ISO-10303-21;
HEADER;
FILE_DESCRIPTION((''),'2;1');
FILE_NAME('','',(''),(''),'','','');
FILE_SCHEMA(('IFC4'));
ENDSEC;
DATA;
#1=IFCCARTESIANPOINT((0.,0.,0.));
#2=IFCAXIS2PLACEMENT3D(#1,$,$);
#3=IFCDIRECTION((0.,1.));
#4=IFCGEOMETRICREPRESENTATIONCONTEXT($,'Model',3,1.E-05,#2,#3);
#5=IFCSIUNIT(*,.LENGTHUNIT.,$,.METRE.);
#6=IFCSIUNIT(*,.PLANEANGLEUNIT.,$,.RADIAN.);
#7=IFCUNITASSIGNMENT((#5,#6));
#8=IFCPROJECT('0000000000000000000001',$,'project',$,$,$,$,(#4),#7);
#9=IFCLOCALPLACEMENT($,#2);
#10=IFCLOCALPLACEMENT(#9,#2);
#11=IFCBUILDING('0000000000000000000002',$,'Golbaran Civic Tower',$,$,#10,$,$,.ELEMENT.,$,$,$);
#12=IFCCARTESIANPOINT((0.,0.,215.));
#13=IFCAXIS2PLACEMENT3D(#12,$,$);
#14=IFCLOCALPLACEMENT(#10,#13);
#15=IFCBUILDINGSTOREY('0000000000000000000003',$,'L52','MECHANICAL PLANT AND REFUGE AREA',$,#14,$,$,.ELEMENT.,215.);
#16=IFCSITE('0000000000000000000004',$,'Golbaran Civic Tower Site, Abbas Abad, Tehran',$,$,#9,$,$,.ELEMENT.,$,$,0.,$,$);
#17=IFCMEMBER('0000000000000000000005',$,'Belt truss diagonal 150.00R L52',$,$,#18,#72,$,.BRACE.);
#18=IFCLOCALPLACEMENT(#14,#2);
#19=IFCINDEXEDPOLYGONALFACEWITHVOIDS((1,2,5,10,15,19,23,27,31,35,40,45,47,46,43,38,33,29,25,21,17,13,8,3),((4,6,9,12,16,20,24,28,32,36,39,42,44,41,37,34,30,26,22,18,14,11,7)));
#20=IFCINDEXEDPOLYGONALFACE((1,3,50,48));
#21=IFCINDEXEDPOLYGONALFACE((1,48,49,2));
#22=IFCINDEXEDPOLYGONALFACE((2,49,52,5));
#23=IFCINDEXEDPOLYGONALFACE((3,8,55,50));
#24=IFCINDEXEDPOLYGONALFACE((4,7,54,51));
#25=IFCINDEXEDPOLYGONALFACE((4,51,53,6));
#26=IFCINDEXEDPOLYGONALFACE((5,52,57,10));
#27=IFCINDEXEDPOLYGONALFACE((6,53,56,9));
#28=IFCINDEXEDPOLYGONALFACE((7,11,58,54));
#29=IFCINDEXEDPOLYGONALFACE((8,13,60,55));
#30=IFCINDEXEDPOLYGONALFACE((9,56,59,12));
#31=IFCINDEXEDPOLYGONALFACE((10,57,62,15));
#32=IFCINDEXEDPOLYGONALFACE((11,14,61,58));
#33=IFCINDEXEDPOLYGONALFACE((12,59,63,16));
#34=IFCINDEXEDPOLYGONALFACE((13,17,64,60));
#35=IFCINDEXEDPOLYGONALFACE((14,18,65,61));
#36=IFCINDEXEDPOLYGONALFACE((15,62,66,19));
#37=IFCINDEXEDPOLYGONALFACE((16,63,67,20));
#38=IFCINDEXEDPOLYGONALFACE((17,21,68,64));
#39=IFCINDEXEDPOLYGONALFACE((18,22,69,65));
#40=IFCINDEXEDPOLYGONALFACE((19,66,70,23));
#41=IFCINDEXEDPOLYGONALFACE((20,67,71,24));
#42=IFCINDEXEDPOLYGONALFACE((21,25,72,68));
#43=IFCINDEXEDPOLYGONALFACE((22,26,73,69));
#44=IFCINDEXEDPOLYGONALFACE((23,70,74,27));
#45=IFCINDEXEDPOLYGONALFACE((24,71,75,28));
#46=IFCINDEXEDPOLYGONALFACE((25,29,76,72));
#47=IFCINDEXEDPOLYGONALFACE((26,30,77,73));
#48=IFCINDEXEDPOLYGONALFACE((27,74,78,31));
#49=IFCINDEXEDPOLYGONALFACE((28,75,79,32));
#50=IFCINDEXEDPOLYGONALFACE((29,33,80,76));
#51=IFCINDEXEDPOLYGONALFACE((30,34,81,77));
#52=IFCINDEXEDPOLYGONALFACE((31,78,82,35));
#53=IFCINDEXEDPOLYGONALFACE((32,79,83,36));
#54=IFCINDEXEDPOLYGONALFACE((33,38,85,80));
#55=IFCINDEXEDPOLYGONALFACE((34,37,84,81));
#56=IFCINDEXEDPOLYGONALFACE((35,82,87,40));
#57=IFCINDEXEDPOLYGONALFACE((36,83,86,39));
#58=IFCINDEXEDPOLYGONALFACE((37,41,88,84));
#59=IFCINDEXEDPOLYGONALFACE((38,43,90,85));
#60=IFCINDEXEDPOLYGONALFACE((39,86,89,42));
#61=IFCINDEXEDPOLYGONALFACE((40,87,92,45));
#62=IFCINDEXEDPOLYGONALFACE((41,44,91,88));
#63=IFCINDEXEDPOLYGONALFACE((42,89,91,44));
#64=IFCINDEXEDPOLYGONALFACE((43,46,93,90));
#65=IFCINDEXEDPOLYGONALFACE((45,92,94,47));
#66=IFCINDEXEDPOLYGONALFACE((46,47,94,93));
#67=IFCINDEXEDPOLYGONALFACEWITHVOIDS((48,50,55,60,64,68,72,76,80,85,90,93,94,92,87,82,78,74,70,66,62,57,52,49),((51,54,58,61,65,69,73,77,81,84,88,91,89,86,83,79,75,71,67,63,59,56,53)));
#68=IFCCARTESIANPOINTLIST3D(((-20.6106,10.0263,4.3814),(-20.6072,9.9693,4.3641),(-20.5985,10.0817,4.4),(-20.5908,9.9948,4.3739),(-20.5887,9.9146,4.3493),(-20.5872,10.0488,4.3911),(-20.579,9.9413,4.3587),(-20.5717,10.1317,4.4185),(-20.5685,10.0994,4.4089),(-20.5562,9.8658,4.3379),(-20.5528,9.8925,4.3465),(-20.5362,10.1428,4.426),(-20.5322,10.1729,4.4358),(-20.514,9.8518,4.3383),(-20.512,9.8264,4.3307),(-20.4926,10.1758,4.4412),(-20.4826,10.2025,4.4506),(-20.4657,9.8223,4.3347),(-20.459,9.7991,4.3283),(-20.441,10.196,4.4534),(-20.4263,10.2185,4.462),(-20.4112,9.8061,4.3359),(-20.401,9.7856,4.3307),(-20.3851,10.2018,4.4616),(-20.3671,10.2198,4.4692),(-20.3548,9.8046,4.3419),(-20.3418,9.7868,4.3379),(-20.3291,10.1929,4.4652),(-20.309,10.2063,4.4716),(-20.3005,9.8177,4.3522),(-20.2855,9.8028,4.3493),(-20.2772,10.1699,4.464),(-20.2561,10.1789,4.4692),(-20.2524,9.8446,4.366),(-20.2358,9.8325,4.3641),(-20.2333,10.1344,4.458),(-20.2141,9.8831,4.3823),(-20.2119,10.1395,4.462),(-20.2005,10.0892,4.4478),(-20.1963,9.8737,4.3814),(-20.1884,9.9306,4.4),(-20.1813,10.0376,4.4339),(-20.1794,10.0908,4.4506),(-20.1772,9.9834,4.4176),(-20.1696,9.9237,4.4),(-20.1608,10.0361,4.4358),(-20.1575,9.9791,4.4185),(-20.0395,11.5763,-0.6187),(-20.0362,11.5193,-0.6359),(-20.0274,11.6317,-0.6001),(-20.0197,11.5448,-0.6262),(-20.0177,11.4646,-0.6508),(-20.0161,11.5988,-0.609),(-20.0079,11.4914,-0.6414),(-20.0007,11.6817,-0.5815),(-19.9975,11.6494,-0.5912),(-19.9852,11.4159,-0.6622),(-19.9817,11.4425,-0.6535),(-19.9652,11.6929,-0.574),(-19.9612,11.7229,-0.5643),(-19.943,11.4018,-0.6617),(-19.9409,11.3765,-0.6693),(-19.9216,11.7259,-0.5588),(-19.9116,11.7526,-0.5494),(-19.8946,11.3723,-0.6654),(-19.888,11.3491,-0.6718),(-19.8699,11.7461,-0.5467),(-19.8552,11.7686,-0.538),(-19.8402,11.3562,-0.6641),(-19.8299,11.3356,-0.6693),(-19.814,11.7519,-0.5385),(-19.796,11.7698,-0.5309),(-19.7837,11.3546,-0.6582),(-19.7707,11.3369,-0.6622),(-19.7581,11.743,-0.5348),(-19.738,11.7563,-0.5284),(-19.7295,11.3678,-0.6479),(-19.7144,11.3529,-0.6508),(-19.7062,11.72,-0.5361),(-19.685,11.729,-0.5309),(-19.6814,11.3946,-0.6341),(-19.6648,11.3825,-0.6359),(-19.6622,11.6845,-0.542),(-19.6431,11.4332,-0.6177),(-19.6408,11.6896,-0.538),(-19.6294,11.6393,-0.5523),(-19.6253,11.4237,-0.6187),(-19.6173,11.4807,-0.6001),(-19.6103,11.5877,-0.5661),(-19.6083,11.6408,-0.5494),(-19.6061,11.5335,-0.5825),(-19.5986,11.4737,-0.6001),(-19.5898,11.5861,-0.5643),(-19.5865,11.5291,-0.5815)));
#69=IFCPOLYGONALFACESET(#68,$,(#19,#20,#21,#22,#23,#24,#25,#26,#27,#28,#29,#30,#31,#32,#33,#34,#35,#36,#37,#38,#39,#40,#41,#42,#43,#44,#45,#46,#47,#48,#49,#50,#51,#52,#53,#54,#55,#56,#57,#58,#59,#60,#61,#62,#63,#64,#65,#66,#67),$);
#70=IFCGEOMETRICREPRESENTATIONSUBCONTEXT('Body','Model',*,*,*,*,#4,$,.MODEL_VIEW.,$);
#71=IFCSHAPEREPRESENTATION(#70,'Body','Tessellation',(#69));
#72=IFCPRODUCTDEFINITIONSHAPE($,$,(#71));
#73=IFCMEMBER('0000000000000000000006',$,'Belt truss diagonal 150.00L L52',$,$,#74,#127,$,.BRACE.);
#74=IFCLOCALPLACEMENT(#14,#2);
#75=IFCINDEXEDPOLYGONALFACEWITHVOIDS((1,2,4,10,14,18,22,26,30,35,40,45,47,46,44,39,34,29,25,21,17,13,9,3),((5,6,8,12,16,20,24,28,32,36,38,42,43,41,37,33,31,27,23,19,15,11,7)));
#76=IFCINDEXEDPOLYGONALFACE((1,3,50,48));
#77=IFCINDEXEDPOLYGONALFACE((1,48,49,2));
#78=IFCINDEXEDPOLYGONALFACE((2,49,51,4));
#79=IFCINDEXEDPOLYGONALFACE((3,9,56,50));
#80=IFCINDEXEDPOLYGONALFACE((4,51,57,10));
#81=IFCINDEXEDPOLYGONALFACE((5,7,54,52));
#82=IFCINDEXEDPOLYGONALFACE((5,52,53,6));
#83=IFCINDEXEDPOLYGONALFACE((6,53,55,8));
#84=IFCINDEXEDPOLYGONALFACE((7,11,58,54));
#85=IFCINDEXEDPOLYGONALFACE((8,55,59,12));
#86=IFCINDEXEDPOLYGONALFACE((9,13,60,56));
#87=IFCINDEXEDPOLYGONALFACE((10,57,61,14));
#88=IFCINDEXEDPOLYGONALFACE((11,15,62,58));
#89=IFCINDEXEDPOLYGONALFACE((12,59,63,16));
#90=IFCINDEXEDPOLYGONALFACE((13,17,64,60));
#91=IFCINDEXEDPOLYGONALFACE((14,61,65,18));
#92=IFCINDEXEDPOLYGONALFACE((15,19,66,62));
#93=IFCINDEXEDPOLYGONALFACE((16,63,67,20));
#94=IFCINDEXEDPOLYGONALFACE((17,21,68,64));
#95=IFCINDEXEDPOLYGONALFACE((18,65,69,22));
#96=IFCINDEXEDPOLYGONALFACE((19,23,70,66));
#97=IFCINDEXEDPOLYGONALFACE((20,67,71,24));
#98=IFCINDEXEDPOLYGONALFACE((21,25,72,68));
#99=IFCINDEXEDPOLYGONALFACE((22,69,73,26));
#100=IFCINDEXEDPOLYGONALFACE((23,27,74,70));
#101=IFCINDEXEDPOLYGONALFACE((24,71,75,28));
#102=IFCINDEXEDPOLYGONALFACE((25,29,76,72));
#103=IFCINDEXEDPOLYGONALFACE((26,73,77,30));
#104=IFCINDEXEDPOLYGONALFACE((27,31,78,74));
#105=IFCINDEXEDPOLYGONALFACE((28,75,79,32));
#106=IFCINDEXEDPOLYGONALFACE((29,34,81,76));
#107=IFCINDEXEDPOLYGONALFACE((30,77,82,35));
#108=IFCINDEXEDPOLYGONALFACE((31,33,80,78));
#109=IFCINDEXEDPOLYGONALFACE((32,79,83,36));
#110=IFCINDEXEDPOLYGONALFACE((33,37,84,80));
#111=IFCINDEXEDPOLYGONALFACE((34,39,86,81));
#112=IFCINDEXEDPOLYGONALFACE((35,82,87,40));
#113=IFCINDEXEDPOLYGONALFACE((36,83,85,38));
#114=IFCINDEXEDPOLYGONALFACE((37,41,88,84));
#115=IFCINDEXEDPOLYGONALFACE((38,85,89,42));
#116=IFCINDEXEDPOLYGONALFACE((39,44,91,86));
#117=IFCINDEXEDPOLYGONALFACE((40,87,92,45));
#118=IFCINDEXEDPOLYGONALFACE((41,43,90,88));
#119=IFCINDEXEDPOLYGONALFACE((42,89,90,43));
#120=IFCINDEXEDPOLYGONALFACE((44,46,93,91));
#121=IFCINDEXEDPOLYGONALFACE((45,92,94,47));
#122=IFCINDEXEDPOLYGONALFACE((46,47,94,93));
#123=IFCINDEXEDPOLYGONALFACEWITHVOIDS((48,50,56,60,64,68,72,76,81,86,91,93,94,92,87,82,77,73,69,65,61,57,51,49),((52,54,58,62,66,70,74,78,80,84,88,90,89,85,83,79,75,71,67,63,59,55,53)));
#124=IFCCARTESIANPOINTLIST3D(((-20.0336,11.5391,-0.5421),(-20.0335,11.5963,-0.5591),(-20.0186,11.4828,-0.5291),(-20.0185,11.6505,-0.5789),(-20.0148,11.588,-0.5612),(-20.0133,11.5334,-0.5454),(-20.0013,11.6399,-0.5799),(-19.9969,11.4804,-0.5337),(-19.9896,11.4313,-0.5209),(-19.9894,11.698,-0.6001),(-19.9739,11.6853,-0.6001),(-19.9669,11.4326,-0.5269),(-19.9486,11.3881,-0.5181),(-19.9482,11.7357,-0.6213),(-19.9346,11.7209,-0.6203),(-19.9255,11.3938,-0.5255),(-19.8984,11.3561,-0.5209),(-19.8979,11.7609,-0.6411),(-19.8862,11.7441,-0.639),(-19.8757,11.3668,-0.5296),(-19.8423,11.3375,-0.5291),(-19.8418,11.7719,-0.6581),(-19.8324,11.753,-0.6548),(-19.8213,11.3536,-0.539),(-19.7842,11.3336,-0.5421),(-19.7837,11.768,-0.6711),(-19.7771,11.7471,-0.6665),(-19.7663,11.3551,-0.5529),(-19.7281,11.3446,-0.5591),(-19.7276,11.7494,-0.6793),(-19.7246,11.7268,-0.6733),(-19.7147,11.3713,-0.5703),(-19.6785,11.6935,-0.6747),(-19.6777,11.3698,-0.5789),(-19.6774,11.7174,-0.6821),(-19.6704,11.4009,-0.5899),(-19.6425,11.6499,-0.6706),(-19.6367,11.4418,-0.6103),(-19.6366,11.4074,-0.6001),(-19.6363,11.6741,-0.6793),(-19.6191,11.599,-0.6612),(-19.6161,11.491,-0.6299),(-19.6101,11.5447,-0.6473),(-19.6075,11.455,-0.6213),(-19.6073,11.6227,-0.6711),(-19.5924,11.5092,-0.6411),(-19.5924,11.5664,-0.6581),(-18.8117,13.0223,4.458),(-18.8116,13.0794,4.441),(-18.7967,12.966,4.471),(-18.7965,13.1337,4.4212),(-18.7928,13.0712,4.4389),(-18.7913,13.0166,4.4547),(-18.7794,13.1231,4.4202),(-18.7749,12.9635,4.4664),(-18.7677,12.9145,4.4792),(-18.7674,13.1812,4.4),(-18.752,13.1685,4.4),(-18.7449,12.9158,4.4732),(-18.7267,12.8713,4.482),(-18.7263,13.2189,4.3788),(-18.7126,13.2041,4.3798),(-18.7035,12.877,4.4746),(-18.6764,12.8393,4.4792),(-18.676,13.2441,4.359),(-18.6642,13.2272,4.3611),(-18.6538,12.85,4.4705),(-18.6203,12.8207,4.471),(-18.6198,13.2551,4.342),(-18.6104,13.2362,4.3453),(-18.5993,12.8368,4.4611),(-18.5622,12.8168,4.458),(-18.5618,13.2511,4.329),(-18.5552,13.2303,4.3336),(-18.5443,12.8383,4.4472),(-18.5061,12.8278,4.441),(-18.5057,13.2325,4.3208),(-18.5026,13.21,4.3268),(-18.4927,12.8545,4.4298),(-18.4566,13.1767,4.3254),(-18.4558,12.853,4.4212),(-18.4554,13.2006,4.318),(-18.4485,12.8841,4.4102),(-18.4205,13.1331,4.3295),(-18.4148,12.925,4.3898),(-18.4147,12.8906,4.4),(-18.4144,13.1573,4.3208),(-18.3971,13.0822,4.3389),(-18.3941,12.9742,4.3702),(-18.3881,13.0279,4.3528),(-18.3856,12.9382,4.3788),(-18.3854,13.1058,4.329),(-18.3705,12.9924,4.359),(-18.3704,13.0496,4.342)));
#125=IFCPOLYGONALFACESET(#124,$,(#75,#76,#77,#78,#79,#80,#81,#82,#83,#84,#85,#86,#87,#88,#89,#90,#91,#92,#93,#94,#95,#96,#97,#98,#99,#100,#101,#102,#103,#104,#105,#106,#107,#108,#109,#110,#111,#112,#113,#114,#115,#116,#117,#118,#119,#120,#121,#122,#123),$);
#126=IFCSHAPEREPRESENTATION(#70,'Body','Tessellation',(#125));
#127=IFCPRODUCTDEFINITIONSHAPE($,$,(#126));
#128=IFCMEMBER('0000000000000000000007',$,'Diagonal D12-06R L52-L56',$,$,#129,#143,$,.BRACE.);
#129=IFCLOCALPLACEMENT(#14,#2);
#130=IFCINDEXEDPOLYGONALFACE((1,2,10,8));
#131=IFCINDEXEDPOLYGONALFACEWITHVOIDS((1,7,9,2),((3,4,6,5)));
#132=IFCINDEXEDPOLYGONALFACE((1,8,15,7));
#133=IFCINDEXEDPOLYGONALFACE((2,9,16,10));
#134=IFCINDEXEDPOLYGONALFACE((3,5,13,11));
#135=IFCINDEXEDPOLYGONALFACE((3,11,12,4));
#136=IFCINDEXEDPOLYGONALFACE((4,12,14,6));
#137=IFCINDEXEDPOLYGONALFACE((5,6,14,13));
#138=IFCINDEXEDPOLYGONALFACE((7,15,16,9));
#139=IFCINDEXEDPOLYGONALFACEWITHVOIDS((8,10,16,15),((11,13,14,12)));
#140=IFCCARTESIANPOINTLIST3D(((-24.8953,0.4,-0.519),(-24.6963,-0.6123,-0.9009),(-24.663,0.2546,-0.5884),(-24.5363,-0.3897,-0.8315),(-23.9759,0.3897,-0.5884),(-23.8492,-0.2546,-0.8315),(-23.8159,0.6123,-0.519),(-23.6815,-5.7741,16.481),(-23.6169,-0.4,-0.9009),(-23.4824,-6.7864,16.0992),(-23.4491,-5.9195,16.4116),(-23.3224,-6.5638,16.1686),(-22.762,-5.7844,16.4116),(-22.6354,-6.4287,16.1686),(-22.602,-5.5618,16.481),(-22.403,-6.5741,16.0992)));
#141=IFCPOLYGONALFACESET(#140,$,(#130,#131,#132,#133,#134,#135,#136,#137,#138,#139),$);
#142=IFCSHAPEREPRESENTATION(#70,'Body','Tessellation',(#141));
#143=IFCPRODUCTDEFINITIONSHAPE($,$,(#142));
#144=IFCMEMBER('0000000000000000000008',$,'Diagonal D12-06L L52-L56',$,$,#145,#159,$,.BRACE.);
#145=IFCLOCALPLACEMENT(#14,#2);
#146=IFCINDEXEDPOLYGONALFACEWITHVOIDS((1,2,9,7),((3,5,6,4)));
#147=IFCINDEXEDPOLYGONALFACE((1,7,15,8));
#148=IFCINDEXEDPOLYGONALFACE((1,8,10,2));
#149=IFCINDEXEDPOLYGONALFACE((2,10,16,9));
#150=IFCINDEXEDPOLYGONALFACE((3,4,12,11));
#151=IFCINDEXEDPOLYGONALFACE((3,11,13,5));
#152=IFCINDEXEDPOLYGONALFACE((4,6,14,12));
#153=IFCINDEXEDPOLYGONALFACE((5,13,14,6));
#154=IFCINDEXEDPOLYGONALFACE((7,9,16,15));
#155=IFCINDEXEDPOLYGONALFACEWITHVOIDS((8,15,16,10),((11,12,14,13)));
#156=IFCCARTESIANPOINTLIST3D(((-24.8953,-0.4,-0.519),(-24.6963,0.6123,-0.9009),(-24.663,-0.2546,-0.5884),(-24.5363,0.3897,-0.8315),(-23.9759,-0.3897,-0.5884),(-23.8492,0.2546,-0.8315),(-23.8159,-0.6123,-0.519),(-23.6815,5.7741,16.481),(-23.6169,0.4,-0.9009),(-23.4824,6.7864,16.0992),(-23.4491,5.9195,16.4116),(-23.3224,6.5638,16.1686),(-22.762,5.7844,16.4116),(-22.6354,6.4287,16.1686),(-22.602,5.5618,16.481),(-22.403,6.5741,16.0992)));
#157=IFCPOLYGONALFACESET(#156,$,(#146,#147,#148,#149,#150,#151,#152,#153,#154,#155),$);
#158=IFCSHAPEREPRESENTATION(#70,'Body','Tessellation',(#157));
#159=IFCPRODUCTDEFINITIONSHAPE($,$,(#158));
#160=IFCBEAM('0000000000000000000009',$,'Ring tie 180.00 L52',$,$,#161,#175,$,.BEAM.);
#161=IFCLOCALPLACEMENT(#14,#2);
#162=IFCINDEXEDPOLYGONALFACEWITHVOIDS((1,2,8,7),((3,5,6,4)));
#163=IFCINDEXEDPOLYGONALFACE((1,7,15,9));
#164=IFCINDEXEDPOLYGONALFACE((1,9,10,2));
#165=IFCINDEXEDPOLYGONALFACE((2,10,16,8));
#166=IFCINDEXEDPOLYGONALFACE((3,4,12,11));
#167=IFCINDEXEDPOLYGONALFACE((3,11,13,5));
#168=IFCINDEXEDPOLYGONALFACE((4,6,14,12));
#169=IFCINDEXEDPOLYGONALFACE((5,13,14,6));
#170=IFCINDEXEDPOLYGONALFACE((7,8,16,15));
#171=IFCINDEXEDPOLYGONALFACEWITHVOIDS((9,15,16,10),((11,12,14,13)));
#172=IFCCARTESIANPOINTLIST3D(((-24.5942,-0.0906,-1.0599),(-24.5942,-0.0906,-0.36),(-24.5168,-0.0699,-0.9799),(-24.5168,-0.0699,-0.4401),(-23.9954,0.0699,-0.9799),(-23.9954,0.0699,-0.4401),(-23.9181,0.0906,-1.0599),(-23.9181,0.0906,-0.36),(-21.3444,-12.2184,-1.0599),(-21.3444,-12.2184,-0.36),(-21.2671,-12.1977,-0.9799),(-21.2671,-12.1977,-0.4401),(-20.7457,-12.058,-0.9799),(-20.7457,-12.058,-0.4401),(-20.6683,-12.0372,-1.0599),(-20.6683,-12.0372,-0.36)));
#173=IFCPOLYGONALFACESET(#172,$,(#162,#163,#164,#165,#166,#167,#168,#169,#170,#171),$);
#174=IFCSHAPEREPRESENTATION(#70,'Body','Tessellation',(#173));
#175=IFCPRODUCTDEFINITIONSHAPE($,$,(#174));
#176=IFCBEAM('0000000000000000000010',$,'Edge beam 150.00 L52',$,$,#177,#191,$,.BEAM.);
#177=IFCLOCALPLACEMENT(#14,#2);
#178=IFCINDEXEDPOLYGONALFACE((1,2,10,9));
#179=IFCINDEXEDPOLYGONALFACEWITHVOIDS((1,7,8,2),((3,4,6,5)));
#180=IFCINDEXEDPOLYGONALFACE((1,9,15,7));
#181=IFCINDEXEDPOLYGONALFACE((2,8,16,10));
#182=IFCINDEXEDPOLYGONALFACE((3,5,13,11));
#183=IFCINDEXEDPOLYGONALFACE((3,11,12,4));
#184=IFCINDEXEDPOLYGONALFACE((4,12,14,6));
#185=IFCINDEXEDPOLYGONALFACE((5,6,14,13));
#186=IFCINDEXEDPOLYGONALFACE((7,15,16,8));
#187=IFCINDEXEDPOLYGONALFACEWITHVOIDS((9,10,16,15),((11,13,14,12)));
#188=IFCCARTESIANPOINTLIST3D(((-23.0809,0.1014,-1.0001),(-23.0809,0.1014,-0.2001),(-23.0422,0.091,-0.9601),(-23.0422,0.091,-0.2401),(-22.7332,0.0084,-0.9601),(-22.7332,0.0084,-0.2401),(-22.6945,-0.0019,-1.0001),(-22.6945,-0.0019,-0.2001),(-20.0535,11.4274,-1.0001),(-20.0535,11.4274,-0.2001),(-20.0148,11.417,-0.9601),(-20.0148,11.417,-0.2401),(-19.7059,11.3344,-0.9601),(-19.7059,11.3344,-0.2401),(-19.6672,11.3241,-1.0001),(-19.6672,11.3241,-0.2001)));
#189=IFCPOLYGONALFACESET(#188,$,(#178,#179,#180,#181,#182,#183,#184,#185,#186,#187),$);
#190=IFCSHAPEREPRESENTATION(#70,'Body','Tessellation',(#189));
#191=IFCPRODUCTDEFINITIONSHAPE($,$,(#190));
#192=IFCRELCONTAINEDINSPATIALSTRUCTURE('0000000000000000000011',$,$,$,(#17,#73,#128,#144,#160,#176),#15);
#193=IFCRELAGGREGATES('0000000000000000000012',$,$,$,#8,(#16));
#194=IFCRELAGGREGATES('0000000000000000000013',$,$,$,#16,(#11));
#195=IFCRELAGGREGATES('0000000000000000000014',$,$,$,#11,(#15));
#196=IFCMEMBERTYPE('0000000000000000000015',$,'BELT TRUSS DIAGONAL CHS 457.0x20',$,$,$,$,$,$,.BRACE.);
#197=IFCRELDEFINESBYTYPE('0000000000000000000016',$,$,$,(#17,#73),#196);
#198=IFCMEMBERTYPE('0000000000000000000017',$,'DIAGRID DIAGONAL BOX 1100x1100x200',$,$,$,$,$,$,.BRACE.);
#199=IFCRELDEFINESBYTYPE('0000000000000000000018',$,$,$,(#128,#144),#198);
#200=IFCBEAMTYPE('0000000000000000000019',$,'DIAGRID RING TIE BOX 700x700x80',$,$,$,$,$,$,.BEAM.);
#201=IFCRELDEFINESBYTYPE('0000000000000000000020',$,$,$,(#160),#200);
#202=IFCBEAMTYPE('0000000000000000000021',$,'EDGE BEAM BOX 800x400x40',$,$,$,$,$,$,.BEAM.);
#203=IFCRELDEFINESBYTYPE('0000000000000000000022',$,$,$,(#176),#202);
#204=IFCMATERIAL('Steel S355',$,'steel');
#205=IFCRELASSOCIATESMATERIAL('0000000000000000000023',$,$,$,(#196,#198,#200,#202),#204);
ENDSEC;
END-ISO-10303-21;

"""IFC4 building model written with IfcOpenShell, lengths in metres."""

from ifc_helpers import new_model, si_unit, direction, frame, origin, origin_2d, place, context, subcontext, project, spatial, hollow_rectangle, hollow_circle, extrude, material, material_profile, profile_set, type_object, element, save


model = new_model("IFC4")

# Units and contexts
model_context = context("Model", 3, precision=1e-05, world=origin(), true_north=direction((0.0, 1.0)))
body_context = subcontext(model_context, "Body", "Model", "MODEL_VIEW")
ifc_project = project(units=[si_unit("LENGTHUNIT", "METRE"), si_unit("PLANEANGLEUNIT", "RADIAN")], contexts=[model_context])

# Site, building, storey
site_placement = place(None, origin())
site = spatial("IfcSite", under=ifc_project, at=site_placement, Name="Golbaran Civic Tower Site, Abbas Abad, Tehran", CompositionType="ELEMENT", RefElevation=0.0)
building_placement = place(site_placement, origin())
building = spatial("IfcBuilding", under=site, at=building_placement, Name="Golbaran Civic Tower", CompositionType="ELEMENT")
storey_placement = place(building_placement, frame((0.0, 0.0, 215.0)))
storey = spatial("IfcBuildingStorey", under=building, at=storey_placement, Name="L52", Description="MECHANICAL PLANT AND REFUGE AREA", CompositionType="ELEMENT", Elevation=215.0)

# Members
ifc_material_1 = material(Name="Steel S355", Category="steel")
ifc_material_profile_1 = material_profile(ifc_material_1, hollow_circle(Radius=0.2285, WallThickness=0.02, at=origin_2d()), Name="CHS 457.0x20")
ifc_profile_set_1 = profile_set([ifc_material_profile_1], Name="Steel S355")
member_type_1 = type_object("IfcMemberType", Name="BELT TRUSS DIAGONAL CHS 457.0x20", PredefinedType="BRACE", material=ifc_profile_set_1)
member_1_placement = place(storey_placement, frame((-19.813, 11.5527, -0.6001), z_axis=(-0.108444, -0.294361, 0.949522), x_axis=(0.938348, -0.345692, 0.0)))
element("IfcMember", 1, at=member_1_placement, inside=storey, type_object=member_type_1, Name="Belt truss diagonal 150.00R L52", PredefinedType="BRACE", context=body_context, shape_type="SweptSolid", body=[
    extrude(hollow_circle(Radius=0.2285, WallThickness=0.02, at=origin_2d()), origin(), (0.0, 0.0, 1.0), 5.2659),
])
member_2_placement = place(storey_placement, frame((-19.813, 11.5527, -0.6001), z_axis=(0.228117, 0.276885, 0.933433), x_axis=(-0.771802, 0.635863, 0.0)))
element("IfcMember", 2, at=member_2_placement, inside=storey, type_object=member_type_1, Name="Belt truss diagonal 150.00L L52", PredefinedType="BRACE", context=body_context, shape_type="SweptSolid", body=[
    extrude(hollow_circle(Radius=0.2285, WallThickness=0.02, at=origin_2d()), origin(), (0.0, 0.0, 1.0), 5.3567),
])
ifc_material_profile_2 = material_profile(ifc_material_1, hollow_rectangle(XDim=1.1001, YDim=1.1001, WallThickness=0.2, at=origin_2d()), Name="BOX 1100x1100x200")
ifc_profile_set_2 = profile_set([ifc_material_profile_2], Name="Steel S355")
member_type_2 = type_object("IfcMemberType", Name="DIAGRID DIAGONAL BOX 1100x1100x200", PredefinedType="BRACE", material=ifc_profile_set_2)
for number, where, z_axis, x_axis, name in (
    (3, (-24.2561, 0.0, -0.71), (0.066964, -0.340599, 0.937821), (0.981216, 0.192914, 0.0), "Diagonal D12-06R L52-L56"),
    (4, (-24.2561, 0.0, -0.71), (0.066964, 0.340599, 0.937821), (-0.981216, 0.192914, 0.0), "Diagonal D12-06L L52-L56"),
):
    element("IfcMember", number, at=place(storey_placement, frame(where, z_axis=z_axis, x_axis=x_axis)), inside=storey, type_object=member_type_2, Name=name, PredefinedType="BRACE", context=body_context, shape_type="SweptSolid", body=[
        extrude(hollow_rectangle(XDim=1.1001, YDim=1.1001, WallThickness=0.2, at=origin_2d()), origin(), (0.0, 0.0, 1.0), 18.1272),
    ])

# Beams
ifc_material_profile_3 = material_profile(ifc_material_1, hollow_rectangle(XDim=0.7, YDim=0.7, WallThickness=0.0801, at=origin_2d()), Name="BOX 700x700x80")
ifc_profile_set_3 = profile_set([ifc_material_profile_3], Name="Steel S355")
beam_type_1 = type_object("IfcBeamType", Name="DIAGRID RING TIE BOX 700x700x80", PredefinedType="BEAM", material=ifc_profile_set_3)
beam_1_placement = place(storey_placement, frame((-24.2561, 0.0, -0.71), z_axis=(0.258826, -0.965924, 0.0), x_axis=(0.965924, 0.258826, 0.0)))
element("IfcBeam", 5, at=beam_1_placement, inside=storey, type_object=beam_type_1, Name="Ring tie 180.00 L52", PredefinedType="BEAM", context=body_context, shape_type="SweptSolid", body=[
    extrude(hollow_rectangle(XDim=0.7, YDim=0.7, WallThickness=0.0801, at=origin_2d()), origin(), (0.0, 0.0, 1.0), 12.5557),
])
ifc_material_profile_4 = material_profile(ifc_material_1, hollow_rectangle(XDim=0.3999, YDim=0.8, WallThickness=0.04, at=origin_2d()), Name="BOX 800x400x40")
ifc_profile_set_4 = profile_set([ifc_material_profile_4], Name="Steel S355")
beam_type_2 = type_object("IfcBeamType", Name="EDGE BEAM BOX 800x400x40", PredefinedType="BEAM", material=ifc_profile_set_4)
beam_2_placement = place(storey_placement, frame((-19.8604, 11.3757, -0.6001), z_axis=(-0.258228, -0.966084, 0.0), x_axis=(0.966084, -0.258228, 0.0)))
element("IfcBeam", 6, at=beam_2_placement, inside=storey, type_object=beam_type_2, Name="Edge beam 150.00 L52", PredefinedType="BEAM", context=body_context, shape_type="SweptSolid", body=[
    extrude(hollow_rectangle(XDim=0.3999, YDim=0.8, WallThickness=0.04, at=origin_2d()), origin(), (0.0, 0.0, 1.0), 11.7236),
])

save(model, "model.ifc")
